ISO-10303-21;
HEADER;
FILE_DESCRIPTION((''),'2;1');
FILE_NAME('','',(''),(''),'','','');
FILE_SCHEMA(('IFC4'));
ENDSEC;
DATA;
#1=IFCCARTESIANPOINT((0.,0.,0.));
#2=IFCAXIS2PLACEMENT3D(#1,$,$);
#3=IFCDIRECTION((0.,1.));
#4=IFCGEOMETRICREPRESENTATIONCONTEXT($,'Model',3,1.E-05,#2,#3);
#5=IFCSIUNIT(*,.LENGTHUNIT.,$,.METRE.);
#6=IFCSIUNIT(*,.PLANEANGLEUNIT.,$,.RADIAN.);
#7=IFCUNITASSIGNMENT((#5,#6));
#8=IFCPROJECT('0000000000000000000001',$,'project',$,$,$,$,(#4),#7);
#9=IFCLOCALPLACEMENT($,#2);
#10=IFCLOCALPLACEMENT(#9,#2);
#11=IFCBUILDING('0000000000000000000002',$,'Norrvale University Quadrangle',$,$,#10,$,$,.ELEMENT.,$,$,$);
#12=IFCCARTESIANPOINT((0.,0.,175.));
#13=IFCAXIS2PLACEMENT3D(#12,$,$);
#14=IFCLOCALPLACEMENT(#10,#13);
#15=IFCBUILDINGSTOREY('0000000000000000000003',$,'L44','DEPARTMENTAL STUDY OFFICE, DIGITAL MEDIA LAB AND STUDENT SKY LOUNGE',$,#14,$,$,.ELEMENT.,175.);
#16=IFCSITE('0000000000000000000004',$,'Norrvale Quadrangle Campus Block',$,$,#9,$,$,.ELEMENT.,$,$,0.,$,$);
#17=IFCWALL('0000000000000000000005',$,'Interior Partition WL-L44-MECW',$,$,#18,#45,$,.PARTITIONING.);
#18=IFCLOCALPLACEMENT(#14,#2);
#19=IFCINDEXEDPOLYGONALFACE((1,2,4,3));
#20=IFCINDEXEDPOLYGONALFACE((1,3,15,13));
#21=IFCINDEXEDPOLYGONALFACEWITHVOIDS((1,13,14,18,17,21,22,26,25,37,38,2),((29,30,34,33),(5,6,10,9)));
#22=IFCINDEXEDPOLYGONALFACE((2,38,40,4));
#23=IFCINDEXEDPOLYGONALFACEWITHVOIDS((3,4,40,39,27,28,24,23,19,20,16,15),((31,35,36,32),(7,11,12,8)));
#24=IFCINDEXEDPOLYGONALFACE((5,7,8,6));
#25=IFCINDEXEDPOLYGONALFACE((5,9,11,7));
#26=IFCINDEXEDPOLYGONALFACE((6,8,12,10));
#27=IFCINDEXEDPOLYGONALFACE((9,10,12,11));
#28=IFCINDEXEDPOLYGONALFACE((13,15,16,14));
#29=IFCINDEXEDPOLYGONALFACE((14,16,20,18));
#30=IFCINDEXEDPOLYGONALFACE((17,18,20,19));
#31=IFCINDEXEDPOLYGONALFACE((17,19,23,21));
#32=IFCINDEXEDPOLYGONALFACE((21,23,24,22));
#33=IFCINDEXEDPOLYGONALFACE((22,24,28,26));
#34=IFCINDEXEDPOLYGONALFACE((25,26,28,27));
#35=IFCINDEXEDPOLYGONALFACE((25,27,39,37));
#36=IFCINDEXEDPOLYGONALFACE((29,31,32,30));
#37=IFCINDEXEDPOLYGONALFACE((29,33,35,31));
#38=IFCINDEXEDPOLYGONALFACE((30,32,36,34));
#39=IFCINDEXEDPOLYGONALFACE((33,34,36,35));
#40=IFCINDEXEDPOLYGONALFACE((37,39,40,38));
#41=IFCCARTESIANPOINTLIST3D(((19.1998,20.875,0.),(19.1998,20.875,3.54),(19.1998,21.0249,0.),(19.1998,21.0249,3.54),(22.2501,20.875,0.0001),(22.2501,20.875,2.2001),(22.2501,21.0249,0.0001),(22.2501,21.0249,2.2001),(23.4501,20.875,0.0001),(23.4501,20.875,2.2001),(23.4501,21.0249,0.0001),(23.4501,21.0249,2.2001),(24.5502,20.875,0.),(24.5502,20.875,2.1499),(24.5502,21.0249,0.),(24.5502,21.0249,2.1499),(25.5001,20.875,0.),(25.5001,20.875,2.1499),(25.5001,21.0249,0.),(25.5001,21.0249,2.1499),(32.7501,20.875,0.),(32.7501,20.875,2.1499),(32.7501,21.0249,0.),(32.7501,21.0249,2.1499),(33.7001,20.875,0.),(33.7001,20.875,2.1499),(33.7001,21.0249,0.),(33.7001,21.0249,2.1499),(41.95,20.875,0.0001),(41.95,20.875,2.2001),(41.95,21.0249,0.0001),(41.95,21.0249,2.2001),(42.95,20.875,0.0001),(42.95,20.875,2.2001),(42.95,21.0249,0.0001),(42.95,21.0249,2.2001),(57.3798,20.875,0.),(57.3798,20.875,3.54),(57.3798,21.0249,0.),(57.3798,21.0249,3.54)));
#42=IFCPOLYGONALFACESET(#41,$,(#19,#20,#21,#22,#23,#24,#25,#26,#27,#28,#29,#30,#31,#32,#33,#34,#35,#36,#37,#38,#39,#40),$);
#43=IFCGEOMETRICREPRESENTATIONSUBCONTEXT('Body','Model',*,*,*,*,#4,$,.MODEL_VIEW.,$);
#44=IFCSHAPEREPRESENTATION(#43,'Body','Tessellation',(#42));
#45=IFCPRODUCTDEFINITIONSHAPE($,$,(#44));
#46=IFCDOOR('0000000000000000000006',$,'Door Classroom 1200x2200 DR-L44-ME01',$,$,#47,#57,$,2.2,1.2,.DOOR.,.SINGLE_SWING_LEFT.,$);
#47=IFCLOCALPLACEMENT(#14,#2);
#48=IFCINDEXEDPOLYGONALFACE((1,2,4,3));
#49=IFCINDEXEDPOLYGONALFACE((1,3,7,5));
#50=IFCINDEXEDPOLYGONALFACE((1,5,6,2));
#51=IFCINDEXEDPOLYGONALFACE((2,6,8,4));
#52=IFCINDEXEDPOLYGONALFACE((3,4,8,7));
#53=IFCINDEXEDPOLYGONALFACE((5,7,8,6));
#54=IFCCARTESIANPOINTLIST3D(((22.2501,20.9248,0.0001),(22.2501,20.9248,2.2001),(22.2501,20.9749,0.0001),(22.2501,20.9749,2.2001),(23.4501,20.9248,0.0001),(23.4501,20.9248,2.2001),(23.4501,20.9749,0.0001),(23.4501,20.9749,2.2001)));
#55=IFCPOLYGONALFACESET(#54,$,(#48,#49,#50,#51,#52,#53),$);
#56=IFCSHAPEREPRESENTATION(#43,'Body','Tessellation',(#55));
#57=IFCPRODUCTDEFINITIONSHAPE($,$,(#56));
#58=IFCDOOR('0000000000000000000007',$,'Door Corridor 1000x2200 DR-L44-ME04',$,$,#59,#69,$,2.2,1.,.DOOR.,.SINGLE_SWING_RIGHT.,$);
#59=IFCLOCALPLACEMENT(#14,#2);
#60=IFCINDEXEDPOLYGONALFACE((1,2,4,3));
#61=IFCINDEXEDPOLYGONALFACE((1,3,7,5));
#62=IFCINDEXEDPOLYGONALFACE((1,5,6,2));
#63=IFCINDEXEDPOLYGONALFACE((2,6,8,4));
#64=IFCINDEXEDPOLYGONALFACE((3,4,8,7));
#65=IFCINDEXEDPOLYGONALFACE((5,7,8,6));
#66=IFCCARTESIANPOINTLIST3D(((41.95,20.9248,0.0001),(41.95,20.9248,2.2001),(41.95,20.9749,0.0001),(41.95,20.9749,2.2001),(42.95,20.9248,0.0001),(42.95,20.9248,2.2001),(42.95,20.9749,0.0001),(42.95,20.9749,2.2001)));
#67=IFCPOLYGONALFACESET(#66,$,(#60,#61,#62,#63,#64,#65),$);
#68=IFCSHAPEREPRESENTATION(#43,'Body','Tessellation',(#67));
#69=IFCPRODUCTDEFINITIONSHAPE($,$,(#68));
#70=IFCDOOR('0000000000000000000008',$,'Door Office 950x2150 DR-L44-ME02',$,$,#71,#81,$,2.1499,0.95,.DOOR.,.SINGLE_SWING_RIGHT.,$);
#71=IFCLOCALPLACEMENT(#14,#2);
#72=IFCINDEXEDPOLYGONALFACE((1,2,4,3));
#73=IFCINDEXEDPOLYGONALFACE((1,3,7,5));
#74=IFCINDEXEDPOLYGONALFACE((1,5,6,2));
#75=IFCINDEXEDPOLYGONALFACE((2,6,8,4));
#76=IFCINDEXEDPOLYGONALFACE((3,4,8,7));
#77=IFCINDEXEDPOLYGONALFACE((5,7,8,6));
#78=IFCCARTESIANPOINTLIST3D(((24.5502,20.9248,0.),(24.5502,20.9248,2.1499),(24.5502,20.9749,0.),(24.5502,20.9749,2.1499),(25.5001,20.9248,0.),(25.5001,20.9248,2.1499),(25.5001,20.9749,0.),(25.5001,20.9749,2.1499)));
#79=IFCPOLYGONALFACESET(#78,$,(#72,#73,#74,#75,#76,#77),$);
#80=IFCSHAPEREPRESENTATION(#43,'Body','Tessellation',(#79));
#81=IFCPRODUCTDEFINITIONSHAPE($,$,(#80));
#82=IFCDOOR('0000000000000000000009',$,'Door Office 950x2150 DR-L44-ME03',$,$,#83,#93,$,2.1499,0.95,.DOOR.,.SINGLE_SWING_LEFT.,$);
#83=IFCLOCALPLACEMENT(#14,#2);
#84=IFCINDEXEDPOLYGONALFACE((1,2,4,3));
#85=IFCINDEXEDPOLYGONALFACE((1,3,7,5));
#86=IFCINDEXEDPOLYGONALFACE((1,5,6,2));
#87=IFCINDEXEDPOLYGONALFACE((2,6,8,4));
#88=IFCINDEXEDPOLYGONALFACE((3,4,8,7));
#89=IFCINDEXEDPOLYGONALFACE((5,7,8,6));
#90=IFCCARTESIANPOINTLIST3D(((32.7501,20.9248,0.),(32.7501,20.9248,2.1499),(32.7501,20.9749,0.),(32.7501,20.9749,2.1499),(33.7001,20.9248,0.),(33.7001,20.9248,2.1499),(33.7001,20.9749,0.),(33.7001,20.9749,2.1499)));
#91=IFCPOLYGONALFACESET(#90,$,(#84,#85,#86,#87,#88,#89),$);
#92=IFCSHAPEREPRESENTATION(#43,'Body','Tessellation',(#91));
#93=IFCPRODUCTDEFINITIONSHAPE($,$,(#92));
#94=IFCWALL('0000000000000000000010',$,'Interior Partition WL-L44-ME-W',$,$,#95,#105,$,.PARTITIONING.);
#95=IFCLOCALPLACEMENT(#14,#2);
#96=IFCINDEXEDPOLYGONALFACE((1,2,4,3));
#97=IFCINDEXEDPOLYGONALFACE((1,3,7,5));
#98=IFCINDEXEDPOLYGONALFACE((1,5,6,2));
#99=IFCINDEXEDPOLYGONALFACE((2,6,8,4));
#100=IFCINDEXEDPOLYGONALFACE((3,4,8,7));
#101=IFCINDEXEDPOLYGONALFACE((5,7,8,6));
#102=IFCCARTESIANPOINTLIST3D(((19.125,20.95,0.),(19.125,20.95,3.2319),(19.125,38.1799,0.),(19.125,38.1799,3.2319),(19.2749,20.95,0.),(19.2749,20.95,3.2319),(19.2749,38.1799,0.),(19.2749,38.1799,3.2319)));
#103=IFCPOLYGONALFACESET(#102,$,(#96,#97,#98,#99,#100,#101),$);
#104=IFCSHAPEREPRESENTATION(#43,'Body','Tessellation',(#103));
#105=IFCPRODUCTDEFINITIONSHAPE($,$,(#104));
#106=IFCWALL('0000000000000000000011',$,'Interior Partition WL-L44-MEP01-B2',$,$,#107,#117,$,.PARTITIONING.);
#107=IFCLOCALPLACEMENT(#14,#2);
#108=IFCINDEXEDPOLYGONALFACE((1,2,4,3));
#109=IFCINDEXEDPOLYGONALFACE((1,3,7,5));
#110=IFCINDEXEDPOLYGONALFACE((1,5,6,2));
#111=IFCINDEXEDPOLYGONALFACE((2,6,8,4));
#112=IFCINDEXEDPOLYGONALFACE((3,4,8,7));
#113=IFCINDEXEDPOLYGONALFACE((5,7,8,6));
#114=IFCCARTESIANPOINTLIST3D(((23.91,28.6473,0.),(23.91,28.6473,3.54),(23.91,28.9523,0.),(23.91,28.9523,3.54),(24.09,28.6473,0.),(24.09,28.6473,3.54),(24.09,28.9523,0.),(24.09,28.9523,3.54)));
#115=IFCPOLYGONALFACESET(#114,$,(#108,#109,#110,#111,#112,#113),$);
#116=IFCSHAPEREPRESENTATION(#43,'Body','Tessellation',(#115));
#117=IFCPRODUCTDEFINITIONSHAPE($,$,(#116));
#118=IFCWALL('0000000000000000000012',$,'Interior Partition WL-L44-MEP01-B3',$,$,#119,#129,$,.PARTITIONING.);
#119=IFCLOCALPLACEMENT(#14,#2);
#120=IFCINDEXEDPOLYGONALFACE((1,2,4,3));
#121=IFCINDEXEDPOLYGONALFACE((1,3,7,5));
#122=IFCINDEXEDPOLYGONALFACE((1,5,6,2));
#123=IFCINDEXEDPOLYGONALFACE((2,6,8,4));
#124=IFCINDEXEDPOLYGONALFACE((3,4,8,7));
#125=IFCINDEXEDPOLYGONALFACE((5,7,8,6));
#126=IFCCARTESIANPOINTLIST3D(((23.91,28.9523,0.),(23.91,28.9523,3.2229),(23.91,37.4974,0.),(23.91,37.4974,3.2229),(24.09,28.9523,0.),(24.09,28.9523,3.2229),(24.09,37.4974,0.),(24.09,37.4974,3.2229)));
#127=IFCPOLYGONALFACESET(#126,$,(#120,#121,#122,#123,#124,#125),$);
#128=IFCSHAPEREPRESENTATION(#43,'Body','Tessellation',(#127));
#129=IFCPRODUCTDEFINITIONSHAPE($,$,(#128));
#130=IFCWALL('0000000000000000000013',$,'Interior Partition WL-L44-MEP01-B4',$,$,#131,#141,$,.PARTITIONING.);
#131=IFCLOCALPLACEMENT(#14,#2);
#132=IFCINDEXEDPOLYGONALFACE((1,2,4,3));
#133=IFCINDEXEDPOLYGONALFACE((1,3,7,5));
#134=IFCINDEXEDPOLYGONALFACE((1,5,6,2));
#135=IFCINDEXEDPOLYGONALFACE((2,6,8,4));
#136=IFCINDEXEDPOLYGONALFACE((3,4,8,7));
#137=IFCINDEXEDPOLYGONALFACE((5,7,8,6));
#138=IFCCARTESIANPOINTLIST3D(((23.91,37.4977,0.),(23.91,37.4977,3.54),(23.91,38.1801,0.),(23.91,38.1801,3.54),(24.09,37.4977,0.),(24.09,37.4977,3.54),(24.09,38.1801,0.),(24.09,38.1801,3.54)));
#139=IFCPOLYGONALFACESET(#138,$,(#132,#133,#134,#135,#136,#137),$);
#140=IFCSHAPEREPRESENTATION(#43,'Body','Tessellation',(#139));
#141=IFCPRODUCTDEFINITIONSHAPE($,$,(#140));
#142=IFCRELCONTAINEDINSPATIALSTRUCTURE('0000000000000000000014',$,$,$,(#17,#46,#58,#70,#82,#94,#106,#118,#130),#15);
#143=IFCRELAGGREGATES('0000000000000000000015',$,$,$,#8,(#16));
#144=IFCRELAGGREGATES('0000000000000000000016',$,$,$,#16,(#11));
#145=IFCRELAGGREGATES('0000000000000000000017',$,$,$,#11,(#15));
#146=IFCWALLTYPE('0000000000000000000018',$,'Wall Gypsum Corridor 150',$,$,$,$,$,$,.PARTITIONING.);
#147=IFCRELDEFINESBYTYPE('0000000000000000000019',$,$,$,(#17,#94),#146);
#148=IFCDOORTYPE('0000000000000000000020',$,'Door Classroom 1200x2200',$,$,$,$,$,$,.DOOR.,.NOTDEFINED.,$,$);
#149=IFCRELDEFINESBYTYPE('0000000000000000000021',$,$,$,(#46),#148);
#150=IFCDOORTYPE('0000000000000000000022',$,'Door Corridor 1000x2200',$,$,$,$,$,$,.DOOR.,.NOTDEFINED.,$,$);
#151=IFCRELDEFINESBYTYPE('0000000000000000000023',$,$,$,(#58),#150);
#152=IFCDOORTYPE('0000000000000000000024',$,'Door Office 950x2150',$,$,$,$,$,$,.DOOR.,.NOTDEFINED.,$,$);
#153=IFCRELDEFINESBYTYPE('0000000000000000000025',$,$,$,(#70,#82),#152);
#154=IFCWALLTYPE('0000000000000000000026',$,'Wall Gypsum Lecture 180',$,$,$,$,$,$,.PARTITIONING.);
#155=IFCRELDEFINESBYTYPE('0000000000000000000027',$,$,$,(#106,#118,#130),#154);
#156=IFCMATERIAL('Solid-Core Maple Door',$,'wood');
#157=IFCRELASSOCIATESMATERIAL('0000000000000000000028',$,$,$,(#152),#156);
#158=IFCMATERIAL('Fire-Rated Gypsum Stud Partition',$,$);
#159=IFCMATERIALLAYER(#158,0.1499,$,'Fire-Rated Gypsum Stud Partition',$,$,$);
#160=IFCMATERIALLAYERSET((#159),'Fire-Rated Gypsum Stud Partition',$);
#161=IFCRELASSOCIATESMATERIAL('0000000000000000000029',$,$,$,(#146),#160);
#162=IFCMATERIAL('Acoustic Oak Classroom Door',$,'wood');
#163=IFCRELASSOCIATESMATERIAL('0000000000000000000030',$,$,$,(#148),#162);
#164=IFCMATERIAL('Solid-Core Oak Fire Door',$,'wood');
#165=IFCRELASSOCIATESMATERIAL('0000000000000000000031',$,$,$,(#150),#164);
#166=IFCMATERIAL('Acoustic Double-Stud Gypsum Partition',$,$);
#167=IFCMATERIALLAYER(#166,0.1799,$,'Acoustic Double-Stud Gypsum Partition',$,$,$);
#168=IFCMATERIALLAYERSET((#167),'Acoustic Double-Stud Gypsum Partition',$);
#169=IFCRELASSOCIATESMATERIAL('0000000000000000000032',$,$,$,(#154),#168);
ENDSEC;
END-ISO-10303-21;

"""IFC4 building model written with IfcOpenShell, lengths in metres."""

from ifc_helpers import new_model, si_unit, direction, frame, frame_2d, origin, place, context, subcontext, project, spatial, rectangle, extrude, material, layer, layer_set, type_object, element, fill, save


model = new_model("IFC4")

# Units and contexts
model_context = context("Model", 3, precision=1e-05, world=origin(), true_north=direction((0.0, 1.0)))
body_context = subcontext(model_context, "Body", "Model", "MODEL_VIEW")
ifc_project = project(units=[si_unit("LENGTHUNIT", "METRE"), si_unit("PLANEANGLEUNIT", "RADIAN")], contexts=[model_context])

# Site, building, storey
site_placement = place(None, origin())
site = spatial("IfcSite", under=ifc_project, at=site_placement, Name="Norrvale Quadrangle Campus Block", CompositionType="ELEMENT", RefElevation=0.0)
building_placement = place(site_placement, origin())
building = spatial("IfcBuilding", under=site, at=building_placement, Name="Norrvale University Quadrangle", CompositionType="ELEMENT")
storey_placement = place(building_placement, frame((0.0, 0.0, 175.0)))
storey = spatial("IfcBuildingStorey", under=building, at=storey_placement, Name="L44", Description="DEPARTMENTAL STUDY OFFICE, DIGITAL MEDIA LAB AND STUDENT SKY LOUNGE", CompositionType="ELEMENT", Elevation=175.0)

# Shared definitions
ifc_material_1 = material(Name="Solid-Core Maple Door", Category="wood")
door_type_1 = type_object("IfcDoorType", Name="Door Office 950x2150", OperationType="NOTDEFINED", PredefinedType="DOOR", material=ifc_material_1)

# Wall, openings, doors
ifc_material_2 = material(Name="Fire-Rated Gypsum Stud Partition")
ifc_layer_1 = layer(ifc_material_2, 0.1499, Name="Fire-Rated Gypsum Stud Partition")
ifc_layer_set_1 = layer_set([ifc_layer_1], Name="Fire-Rated Gypsum Stud Partition")
wall_type_1 = type_object("IfcWallType", Name="Wall Gypsum Corridor 150", PredefinedType="PARTITIONING", material=ifc_layer_set_1)
wall_1_placement = place(storey_placement, frame((19.2, 20.95, 0.0), z_axis=(0.0, 0.0, 1.0), x_axis=(1.0, 0.0, 0.0)))
wall_1 = element("IfcWall", 1, at=wall_1_placement, inside=storey, type_object=wall_type_1, Name="Interior Partition WL-L44-MECW", PredefinedType="PARTITIONING", context=body_context, shape_type="SweptSolid", body=[
    extrude(rectangle(XDim=38.1799, YDim=0.1499, at=frame_2d((19.0898, 0.0))), origin(), (0.0, 0.0, 1.0), 3.54),
])
opening_1_placement = place(wall_1_placement, frame((3.05, 0.0, 0.0)))
opening_1 = element("IfcOpeningElement", 2, at=opening_1_placement, cuts=wall_1, PredefinedType="OPENING", context=body_context, shape_type="SweptSolid", body=[
    extrude(rectangle(XDim=1.2, YDim=2.2, at=frame_2d((0.6001, 1.1001))), frame((0.0, 0.0869, 0.0), z_axis=(0.0, -1.0, 0.0), x_axis=(1.0, 0.0, 0.0)), (0.0, 0.0, 1.0), 0.1738),
])
opening_2_placement = place(wall_1_placement, frame((5.3501, 0.0, 0.0)))
opening_2 = element("IfcOpeningElement", 3, at=opening_2_placement, cuts=wall_1, PredefinedType="OPENING", context=body_context, shape_type="SweptSolid", body=[
    extrude(rectangle(XDim=0.95, YDim=2.1499, at=frame_2d((0.4751, 1.075))), frame((0.0, 0.0869, 0.0), z_axis=(0.0, -1.0, 0.0), x_axis=(1.0, 0.0, 0.0)), (0.0, 0.0, 1.0), 0.1738),
])
opening_3_placement = place(wall_1_placement, frame((13.55, 0.0, 0.0)))
opening_3 = element("IfcOpeningElement", 4, at=opening_3_placement, cuts=wall_1, PredefinedType="OPENING", context=body_context, shape_type="SweptSolid", body=[
    extrude(rectangle(XDim=0.95, YDim=2.1499, at=frame_2d((0.4751, 1.075))), frame((0.0, 0.0869, 0.0), z_axis=(0.0, -1.0, 0.0), x_axis=(1.0, 0.0, 0.0)), (0.0, 0.0, 1.0), 0.1738),
])
opening_4_placement = place(wall_1_placement, frame((22.75, 0.0, 0.0)))
opening_4 = element("IfcOpeningElement", 5, at=opening_4_placement, cuts=wall_1, PredefinedType="OPENING", context=body_context, shape_type="SweptSolid", body=[
    extrude(rectangle(XDim=1.0, YDim=2.2, at=frame_2d((0.5, 1.1001))), frame((0.0, 0.0869, 0.0), z_axis=(0.0, -1.0, 0.0), x_axis=(1.0, 0.0, 0.0)), (0.0, 0.0, 1.0), 0.1738),
])
ifc_material_3 = material(Name="Acoustic Oak Classroom Door", Category="wood")
door_type_2 = type_object("IfcDoorType", Name="Door Classroom 1200x2200", OperationType="NOTDEFINED", PredefinedType="DOOR", material=ifc_material_3)
door_1_placement = place(opening_1_placement, origin())
door_1 = element("IfcDoor", 6, at=door_1_placement, inside=storey, type_object=door_type_2, Name="Door Classroom 1200x2200 DR-L44-ME01", OperationType="SINGLE_SWING_LEFT", OverallHeight=2.2, OverallWidth=1.2, PredefinedType="DOOR", context=body_context, shape_type="SweptSolid", body=[
    extrude(rectangle(XDim=1.2, YDim=2.2, at=frame_2d((0.6001, 1.1001))), frame((0.0, 0.0249, 0.0), z_axis=(0.0, -1.0, 0.0), x_axis=(1.0, 0.0, 0.0)), (0.0, 0.0, 1.0), 0.05),
])
fill(opening_1, door_1)
ifc_material_4 = material(Name="Solid-Core Oak Fire Door", Category="wood")
door_type_3 = type_object("IfcDoorType", Name="Door Corridor 1000x2200", OperationType="NOTDEFINED", PredefinedType="DOOR", material=ifc_material_4)
door_2_placement = place(opening_4_placement, origin())
door_2 = element("IfcDoor", 7, at=door_2_placement, inside=storey, type_object=door_type_3, Name="Door Corridor 1000x2200 DR-L44-ME04", OperationType="SINGLE_SWING_RIGHT", OverallHeight=2.2, OverallWidth=1.0, PredefinedType="DOOR", context=body_context, shape_type="SweptSolid", body=[
    extrude(rectangle(XDim=1.0, YDim=2.2, at=frame_2d((0.5, 1.1001))), frame((0.0, 0.0249, 0.0), z_axis=(0.0, -1.0, 0.0), x_axis=(1.0, 0.0, 0.0)), (0.0, 0.0, 1.0), 0.05),
])
fill(opening_4, door_2)
door_3_placement = place(opening_2_placement, origin())
door_3 = element("IfcDoor", 8, at=door_3_placement, inside=storey, type_object=door_type_1, Name="Door Office 950x2150 DR-L44-ME02", OperationType="SINGLE_SWING_RIGHT", OverallHeight=2.1499, OverallWidth=0.95, PredefinedType="DOOR", context=body_context, shape_type="SweptSolid", body=[
    extrude(rectangle(XDim=0.95, YDim=2.1499, at=frame_2d((0.4751, 1.075))), frame((0.0, 0.0249, 0.0), z_axis=(0.0, -1.0, 0.0), x_axis=(1.0, 0.0, 0.0)), (0.0, 0.0, 1.0), 0.05),
])
fill(opening_2, door_3)
door_4_placement = place(opening_3_placement, origin())
door_4 = element("IfcDoor", 9, at=door_4_placement, inside=storey, type_object=door_type_1, Name="Door Office 950x2150 DR-L44-ME03", OperationType="SINGLE_SWING_LEFT", OverallHeight=2.1499, OverallWidth=0.95, PredefinedType="DOOR", context=body_context, shape_type="SweptSolid", body=[
    extrude(rectangle(XDim=0.95, YDim=2.1499, at=frame_2d((0.4751, 1.075))), frame((0.0, 0.0249, 0.0), z_axis=(0.0, -1.0, 0.0), x_axis=(1.0, 0.0, 0.0)), (0.0, 0.0, 1.0), 0.05),
])
fill(opening_3, door_4)

# Walls
wall_2_placement = place(storey_placement, frame((19.2, 20.95, 0.0), z_axis=(0.0, 0.0, 1.0), x_axis=(0.0, 1.0, 0.0)))
element("IfcWall", 10, at=wall_2_placement, inside=storey, type_object=wall_type_1, Name="Interior Partition WL-L44-ME-W", PredefinedType="PARTITIONING", context=body_context, shape_type="SweptSolid", body=[
    extrude(rectangle(XDim=17.23, YDim=0.1499, at=frame_2d((8.615, 0.0))), origin(), (0.0, 0.0, 1.0), 3.2319),
])
ifc_material_5 = material(Name="Acoustic Double-Stud Gypsum Partition")
ifc_layer_2 = layer(ifc_material_5, 0.1799, Name="Acoustic Double-Stud Gypsum Partition")
ifc_layer_set_2 = layer_set([ifc_layer_2], Name="Acoustic Double-Stud Gypsum Partition")
wall_type_2 = type_object("IfcWallType", Name="Wall Gypsum Lecture 180", PredefinedType="PARTITIONING", material=ifc_layer_set_2)
wall_3_placement = place(storey_placement, frame((24.0, 28.6475, 0.0), z_axis=(0.0, 0.0, 1.0), x_axis=(0.0, 1.0, 0.0)))
element("IfcWall", 11, at=wall_3_placement, inside=storey, type_object=wall_type_2, Name="Interior Partition WL-L44-MEP01-B2", PredefinedType="PARTITIONING", context=body_context, shape_type="SweptSolid", body=[
    extrude(rectangle(XDim=0.3049, YDim=0.1799, at=frame_2d((0.1523, 0.0))), origin(), (0.0, 0.0, 1.0), 3.54),
])
wall_4_placement = place(storey_placement, frame((24.0, 28.9524, 0.0), z_axis=(0.0, 0.0, 1.0), x_axis=(0.0, 1.0, 0.0)))
element("IfcWall", 12, at=wall_4_placement, inside=storey, type_object=wall_type_2, Name="Interior Partition WL-L44-MEP01-B3", PredefinedType="PARTITIONING", context=body_context, shape_type="SweptSolid", body=[
    extrude(rectangle(XDim=8.5452, YDim=0.1799, at=frame_2d((4.2725, 0.0))), origin(), (0.0, 0.0, 1.0), 3.2229),
])
wall_5_placement = place(storey_placement, frame((24.0, 37.4976, 0.0), z_axis=(0.0, 0.0, 1.0), x_axis=(0.0, 1.0, 0.0)))
element("IfcWall", 13, at=wall_5_placement, inside=storey, type_object=wall_type_2, Name="Interior Partition WL-L44-MEP01-B4", PredefinedType="PARTITIONING", context=body_context, shape_type="SweptSolid", body=[
    extrude(rectangle(XDim=0.6824, YDim=0.1799, at=frame_2d((0.3413, 0.0))), origin(), (0.0, 0.0, 1.0), 3.54),
])

save(model, "model.ifc")
